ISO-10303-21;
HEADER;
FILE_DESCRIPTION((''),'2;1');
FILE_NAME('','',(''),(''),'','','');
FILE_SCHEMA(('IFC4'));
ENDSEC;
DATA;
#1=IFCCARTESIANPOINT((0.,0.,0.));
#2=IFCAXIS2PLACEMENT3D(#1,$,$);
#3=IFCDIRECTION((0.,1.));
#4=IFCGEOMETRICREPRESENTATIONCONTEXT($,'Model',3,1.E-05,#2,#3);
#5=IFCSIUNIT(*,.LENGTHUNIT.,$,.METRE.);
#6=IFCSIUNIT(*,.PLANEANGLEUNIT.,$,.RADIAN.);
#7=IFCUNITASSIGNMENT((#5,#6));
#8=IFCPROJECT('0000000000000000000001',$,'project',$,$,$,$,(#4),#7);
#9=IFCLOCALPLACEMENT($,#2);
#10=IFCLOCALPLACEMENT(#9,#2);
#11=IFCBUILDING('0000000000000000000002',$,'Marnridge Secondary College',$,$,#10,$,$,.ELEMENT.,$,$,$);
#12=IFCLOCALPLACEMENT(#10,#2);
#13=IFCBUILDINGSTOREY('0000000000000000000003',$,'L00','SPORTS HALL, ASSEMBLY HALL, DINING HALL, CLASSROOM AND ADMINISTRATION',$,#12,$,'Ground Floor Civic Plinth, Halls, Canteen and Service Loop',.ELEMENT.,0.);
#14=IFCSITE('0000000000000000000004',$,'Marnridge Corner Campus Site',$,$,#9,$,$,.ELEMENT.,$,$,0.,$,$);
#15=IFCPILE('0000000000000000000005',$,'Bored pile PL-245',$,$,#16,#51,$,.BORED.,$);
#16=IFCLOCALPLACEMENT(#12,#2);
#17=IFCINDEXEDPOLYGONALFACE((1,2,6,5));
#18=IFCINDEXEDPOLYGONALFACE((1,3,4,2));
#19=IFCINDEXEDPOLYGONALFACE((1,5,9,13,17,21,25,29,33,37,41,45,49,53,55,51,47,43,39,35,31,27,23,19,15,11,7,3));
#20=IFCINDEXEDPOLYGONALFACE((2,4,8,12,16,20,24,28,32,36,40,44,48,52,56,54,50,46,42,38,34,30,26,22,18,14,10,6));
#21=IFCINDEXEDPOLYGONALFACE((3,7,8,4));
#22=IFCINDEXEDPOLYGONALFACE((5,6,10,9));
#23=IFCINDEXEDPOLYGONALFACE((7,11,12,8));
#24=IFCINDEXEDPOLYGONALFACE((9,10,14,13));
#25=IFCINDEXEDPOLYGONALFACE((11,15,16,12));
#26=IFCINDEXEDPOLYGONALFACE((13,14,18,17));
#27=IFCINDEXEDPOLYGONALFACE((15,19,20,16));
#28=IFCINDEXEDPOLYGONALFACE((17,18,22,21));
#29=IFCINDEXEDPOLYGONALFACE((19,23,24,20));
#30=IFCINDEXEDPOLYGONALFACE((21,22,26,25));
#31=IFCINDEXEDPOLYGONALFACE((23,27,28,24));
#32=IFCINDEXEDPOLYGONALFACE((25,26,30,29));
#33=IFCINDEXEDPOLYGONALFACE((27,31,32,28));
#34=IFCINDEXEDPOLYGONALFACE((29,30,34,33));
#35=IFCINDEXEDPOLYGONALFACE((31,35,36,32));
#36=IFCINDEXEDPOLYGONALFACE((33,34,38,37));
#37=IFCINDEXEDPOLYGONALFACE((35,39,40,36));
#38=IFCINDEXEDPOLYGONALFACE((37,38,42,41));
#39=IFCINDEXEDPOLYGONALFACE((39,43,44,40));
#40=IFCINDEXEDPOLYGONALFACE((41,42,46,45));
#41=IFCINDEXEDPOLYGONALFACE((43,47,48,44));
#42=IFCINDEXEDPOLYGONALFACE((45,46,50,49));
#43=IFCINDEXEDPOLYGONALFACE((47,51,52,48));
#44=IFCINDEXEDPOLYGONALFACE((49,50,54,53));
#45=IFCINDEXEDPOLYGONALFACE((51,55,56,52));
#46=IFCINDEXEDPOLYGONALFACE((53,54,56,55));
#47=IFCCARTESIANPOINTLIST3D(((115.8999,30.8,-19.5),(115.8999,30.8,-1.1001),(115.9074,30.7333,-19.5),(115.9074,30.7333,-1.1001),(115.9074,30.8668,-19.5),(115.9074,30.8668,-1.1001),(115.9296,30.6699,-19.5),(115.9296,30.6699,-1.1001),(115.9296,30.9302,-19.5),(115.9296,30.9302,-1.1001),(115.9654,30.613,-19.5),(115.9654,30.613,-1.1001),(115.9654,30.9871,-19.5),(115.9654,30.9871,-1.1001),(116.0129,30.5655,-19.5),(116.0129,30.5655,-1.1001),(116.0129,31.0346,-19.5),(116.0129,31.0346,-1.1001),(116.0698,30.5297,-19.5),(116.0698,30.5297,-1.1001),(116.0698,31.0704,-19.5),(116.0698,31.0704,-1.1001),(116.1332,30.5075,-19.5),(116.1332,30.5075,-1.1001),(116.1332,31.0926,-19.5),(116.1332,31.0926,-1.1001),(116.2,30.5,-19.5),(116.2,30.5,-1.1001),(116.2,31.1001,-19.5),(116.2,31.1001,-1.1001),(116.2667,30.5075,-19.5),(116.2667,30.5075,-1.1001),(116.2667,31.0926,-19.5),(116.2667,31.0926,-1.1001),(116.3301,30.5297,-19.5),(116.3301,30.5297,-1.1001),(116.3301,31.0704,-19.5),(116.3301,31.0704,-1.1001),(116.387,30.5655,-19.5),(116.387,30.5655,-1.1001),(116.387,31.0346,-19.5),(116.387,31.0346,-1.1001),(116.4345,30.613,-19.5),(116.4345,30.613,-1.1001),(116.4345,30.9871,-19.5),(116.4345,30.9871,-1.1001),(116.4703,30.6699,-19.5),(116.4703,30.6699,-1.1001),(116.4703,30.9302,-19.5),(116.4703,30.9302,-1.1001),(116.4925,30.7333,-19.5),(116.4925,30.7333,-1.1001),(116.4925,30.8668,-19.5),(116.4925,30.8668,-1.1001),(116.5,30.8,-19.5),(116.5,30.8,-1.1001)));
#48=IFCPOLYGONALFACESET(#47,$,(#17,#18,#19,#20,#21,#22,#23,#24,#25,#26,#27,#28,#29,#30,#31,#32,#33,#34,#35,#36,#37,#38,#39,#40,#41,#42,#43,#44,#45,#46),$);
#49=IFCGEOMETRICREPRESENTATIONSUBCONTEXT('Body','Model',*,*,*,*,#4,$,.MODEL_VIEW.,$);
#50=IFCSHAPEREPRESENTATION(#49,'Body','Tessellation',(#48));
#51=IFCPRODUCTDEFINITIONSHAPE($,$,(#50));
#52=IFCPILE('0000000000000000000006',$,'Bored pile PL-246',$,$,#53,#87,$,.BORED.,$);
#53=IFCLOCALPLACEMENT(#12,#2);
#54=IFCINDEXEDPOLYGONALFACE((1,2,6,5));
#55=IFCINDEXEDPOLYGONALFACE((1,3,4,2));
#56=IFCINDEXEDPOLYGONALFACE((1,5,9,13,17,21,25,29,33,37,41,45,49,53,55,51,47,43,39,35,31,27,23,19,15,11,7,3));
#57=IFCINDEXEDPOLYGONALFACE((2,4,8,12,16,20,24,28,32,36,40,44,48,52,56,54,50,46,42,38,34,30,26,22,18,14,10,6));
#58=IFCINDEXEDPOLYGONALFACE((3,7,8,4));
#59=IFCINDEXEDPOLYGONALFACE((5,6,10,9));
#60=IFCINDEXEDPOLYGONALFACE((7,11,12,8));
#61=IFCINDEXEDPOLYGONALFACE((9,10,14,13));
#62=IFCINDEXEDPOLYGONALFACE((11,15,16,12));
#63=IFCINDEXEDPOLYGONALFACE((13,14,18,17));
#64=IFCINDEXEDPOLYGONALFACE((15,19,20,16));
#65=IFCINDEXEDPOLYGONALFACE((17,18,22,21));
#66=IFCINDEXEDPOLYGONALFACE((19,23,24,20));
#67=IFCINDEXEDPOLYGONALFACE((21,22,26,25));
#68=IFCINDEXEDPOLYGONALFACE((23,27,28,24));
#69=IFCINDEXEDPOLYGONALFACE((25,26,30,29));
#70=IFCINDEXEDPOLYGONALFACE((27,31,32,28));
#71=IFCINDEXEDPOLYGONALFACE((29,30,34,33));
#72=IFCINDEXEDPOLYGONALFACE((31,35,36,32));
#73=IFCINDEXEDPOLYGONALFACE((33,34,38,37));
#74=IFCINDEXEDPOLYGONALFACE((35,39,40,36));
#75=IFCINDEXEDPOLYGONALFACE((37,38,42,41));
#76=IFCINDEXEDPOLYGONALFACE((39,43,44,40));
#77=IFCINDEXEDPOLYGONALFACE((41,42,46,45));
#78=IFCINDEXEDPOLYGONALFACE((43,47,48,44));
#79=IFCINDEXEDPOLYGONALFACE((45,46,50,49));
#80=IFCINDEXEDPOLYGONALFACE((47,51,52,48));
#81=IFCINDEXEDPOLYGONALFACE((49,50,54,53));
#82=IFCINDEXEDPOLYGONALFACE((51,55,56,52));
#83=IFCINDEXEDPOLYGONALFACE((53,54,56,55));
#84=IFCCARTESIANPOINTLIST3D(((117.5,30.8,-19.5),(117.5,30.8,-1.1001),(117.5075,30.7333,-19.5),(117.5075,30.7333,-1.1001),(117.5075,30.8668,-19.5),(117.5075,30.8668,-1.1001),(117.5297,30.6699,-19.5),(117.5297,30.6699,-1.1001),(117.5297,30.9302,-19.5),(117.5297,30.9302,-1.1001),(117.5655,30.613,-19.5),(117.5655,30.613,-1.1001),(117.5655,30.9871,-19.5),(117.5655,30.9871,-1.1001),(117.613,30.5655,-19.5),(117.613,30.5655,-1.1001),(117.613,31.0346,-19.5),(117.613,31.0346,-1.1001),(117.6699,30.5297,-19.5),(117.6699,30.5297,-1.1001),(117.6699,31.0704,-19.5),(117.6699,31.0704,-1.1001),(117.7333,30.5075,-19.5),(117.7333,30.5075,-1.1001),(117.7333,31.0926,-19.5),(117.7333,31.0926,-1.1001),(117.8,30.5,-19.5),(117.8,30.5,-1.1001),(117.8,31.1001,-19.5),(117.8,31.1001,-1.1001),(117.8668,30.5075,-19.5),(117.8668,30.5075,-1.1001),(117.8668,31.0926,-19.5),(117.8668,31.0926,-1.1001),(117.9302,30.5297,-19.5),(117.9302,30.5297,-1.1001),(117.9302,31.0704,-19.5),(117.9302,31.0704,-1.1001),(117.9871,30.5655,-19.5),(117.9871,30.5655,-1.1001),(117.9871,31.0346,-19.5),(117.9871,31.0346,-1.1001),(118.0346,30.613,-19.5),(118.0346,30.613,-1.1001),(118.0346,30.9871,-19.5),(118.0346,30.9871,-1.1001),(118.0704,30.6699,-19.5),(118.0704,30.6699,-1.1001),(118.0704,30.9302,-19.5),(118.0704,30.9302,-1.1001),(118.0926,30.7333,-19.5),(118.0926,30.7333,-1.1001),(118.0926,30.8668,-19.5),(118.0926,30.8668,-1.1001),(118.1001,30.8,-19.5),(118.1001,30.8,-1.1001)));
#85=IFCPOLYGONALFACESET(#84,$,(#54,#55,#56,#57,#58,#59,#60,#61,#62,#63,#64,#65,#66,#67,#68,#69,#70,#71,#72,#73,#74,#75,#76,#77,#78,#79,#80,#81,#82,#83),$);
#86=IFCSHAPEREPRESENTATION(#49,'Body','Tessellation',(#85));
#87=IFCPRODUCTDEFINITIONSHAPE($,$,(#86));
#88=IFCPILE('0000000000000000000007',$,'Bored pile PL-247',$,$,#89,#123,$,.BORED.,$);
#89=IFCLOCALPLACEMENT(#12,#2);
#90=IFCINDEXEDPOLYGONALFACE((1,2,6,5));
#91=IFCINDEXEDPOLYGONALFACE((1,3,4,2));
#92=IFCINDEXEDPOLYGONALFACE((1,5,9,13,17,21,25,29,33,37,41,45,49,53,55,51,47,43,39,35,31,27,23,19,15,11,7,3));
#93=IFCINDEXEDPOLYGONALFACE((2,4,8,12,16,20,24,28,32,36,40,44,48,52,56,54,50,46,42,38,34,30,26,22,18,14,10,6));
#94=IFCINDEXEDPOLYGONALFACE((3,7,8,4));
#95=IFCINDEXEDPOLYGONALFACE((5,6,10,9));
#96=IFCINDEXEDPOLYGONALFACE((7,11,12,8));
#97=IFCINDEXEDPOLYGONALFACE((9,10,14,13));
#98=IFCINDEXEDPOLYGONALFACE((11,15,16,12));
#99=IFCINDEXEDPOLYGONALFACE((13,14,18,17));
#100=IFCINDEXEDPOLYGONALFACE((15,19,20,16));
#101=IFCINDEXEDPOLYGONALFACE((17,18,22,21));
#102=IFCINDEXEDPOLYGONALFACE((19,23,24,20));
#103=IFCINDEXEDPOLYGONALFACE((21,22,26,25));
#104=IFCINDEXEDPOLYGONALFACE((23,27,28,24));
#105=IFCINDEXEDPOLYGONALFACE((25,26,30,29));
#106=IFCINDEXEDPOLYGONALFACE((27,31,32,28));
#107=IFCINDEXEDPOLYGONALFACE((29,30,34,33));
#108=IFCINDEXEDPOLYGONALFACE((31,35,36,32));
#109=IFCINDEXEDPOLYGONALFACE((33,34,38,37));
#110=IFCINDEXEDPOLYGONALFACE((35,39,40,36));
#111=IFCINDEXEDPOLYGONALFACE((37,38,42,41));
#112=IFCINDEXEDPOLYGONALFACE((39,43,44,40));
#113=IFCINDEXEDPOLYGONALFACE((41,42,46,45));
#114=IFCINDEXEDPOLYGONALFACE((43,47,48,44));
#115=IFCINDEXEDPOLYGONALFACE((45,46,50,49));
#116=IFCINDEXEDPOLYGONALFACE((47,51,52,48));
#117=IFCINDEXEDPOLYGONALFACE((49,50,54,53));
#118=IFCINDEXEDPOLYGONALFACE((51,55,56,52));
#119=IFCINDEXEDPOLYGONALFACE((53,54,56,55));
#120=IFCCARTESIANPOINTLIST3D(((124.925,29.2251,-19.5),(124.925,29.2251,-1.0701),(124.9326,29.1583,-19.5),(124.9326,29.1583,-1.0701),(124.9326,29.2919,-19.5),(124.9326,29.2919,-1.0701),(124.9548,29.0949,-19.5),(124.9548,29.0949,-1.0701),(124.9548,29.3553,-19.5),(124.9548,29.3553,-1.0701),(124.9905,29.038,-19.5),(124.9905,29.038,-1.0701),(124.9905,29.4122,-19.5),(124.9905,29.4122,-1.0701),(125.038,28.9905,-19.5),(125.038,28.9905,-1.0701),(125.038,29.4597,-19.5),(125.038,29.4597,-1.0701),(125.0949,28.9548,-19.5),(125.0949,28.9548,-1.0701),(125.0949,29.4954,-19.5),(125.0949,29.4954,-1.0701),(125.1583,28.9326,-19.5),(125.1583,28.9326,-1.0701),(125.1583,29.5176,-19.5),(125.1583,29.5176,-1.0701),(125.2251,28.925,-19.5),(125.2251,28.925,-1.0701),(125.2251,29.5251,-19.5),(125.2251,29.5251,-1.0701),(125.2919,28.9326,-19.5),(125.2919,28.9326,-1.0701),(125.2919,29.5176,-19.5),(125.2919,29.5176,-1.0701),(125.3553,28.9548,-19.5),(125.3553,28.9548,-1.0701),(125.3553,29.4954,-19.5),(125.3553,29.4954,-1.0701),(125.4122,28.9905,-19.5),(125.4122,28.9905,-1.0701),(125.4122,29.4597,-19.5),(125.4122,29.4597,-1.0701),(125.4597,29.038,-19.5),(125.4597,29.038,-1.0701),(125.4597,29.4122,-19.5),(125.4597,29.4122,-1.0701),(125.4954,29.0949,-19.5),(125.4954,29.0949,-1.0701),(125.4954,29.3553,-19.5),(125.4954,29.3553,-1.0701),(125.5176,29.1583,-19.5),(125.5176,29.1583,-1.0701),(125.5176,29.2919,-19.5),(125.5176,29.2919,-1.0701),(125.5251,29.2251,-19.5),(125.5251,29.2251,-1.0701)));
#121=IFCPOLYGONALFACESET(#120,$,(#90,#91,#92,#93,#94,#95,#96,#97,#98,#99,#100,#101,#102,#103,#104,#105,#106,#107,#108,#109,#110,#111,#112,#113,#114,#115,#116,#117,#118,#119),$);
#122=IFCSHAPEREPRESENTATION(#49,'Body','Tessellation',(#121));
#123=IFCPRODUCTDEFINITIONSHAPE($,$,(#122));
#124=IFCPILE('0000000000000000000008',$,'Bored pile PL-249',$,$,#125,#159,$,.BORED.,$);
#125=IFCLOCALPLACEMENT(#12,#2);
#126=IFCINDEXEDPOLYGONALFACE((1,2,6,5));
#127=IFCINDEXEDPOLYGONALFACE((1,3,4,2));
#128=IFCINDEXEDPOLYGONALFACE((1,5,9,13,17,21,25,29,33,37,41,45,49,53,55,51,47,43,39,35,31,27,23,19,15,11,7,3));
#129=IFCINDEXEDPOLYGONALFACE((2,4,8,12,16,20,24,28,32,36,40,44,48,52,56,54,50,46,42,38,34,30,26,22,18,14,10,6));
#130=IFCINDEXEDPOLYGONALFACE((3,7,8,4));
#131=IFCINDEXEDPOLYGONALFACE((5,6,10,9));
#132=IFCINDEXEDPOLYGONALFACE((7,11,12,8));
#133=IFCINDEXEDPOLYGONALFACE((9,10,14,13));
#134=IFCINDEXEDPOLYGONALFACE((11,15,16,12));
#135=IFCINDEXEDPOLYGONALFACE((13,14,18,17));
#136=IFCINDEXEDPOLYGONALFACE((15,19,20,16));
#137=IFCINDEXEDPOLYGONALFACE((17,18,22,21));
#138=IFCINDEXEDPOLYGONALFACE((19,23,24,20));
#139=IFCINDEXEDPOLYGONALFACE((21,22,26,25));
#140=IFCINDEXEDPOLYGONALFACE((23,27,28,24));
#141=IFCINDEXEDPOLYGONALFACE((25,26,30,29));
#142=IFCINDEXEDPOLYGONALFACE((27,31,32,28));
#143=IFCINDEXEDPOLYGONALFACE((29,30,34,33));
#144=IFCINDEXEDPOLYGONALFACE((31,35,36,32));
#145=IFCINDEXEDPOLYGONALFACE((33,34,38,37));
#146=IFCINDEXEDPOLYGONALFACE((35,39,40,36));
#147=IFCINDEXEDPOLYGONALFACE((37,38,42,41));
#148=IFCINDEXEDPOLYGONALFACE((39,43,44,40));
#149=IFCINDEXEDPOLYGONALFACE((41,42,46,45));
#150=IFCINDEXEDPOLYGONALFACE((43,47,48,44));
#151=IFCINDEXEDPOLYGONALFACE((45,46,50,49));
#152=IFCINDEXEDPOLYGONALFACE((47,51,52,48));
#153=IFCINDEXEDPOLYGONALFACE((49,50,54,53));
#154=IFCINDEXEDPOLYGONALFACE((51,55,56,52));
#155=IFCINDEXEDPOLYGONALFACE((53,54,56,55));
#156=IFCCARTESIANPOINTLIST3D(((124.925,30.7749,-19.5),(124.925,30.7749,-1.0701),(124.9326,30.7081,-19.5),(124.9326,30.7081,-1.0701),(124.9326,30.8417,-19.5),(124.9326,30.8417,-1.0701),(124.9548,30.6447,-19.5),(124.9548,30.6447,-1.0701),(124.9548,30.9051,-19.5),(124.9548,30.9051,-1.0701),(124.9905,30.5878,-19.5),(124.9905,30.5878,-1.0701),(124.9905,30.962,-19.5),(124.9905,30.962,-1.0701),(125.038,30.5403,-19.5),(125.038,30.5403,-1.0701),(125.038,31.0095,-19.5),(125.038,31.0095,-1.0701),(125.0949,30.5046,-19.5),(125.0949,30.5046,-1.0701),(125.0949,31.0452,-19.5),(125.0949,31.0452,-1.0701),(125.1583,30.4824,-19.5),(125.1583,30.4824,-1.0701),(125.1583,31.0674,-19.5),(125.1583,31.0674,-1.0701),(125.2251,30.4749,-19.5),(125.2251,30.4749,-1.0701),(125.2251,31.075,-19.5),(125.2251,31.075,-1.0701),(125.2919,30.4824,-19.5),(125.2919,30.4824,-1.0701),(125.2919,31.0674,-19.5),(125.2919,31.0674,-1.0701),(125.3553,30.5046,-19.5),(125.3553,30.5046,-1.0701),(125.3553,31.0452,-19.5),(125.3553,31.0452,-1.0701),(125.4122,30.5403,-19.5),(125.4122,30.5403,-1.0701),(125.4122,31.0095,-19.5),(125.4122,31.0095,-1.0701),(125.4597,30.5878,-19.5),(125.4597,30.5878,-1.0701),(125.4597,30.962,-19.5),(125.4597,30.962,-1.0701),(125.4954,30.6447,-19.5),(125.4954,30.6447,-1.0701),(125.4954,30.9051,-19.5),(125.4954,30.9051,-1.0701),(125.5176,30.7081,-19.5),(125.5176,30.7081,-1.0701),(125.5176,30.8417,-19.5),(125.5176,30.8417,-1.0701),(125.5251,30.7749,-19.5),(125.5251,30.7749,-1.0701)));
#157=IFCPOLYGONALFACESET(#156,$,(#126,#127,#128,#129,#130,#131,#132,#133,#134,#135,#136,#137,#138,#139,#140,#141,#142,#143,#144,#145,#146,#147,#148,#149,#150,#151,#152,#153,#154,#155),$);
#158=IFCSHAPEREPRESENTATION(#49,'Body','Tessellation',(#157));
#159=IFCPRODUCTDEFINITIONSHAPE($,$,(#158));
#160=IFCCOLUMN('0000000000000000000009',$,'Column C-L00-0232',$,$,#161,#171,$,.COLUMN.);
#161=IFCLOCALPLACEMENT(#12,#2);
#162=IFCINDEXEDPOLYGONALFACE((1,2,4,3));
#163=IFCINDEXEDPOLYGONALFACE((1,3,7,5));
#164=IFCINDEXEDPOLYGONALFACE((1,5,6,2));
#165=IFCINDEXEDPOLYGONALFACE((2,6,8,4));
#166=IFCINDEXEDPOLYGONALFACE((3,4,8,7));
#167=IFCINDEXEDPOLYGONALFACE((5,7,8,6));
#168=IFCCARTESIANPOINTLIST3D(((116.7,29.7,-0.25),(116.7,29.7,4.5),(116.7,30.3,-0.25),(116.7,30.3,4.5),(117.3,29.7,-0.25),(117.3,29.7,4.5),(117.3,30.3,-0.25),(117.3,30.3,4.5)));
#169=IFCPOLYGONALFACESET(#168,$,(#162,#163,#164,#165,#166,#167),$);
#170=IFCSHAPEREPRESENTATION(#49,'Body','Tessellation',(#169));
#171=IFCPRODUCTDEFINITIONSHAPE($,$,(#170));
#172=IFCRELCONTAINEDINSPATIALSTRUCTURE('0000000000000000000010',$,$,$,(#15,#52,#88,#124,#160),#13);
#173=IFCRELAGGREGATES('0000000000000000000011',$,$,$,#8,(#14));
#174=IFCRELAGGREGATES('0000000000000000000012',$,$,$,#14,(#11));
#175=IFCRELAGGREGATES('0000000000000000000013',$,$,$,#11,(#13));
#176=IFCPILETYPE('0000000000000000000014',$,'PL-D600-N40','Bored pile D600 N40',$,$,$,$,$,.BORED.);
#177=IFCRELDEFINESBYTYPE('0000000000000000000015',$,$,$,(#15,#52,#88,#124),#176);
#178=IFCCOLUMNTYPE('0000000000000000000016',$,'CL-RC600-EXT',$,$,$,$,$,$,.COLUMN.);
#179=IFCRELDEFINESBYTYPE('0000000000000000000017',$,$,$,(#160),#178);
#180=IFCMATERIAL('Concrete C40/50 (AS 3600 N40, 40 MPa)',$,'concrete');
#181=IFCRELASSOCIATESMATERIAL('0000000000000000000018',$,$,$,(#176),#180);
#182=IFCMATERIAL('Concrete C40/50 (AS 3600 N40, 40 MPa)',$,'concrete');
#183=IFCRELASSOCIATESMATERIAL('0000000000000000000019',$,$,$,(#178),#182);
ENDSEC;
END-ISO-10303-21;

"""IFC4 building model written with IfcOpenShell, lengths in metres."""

from ifc_helpers import new_model, si_unit, direction, frame, origin, origin_2d, place, context, subcontext, project, spatial, rectangle, circle, extrude, material, material_profile, profile_set, type_object, element, save


model = new_model("IFC4")

# Units and contexts
model_context = context("Model", 3, precision=1e-05, world=origin(), true_north=direction((0.0, 1.0)))
body_context = subcontext(model_context, "Body", "Model", "MODEL_VIEW")
ifc_project = project(units=[si_unit("LENGTHUNIT", "METRE"), si_unit("PLANEANGLEUNIT", "RADIAN")], contexts=[model_context])

# Site, building, storey
site_placement = place(None, origin())
site = spatial("IfcSite", under=ifc_project, at=site_placement, Name="Marnridge Corner Campus Site", CompositionType="ELEMENT", RefElevation=0.0)
building_placement = place(site_placement, origin())
building = spatial("IfcBuilding", under=site, at=building_placement, Name="Marnridge Secondary College", CompositionType="ELEMENT")
storey_placement = place(building_placement, origin())
storey = spatial("IfcBuildingStorey", under=building, at=storey_placement, Name="L00", Description="SPORTS HALL, ASSEMBLY HALL, DINING HALL, CLASSROOM AND ADMINISTRATION", LongName="Ground Floor Civic Plinth, Halls, Canteen and Service Loop", CompositionType="ELEMENT", Elevation=0.0)

# Piles
ifc_material_1 = material(Name="Concrete C40/50 (AS 3600 N40, 40 MPa)", Category="concrete")
ifc_material_profile_1 = material_profile(ifc_material_1, circle(Radius=0.3, at=origin_2d()), Name="PILE D600")
ifc_profile_set_1 = profile_set([ifc_material_profile_1], Name="Concrete C40/50 (AS 3600 N40, 40 MPa)")
pile_type = type_object("IfcPileType", Name="PL-D600-N40", Description="Bored pile D600 N40", PredefinedType="BORED", material=ifc_profile_set_1)
for number, where, z_axis, x_axis, name in (
    (1, (116.2, 30.8, -1.1001), (0.0, 0.0, -1.0), (1.0, 0.0, 0.0), "Bored pile PL-245"),
    (2, (117.8, 30.8, -1.1001), (0.0, 0.0, -1.0), (1.0, 0.0, 0.0), "Bored pile PL-246"),
):
    element("IfcPile", number, at=place(storey_placement, frame(where, z_axis=z_axis, x_axis=x_axis)), inside=storey, type_object=pile_type, Name=name, PredefinedType="BORED", context=body_context, shape_type="SweptSolid", body=[
        extrude(circle(Radius=0.3, at=origin_2d()), origin(), (0.0, 0.0, 1.0), 18.3999),
    ])
for number, where, z_axis, x_axis, name in (
    (3, (125.2251, 29.2251, -1.0701), (0.0, 0.0, -1.0), (1.0, 0.0, 0.0), "Bored pile PL-247"),
    (4, (125.2251, 30.7749, -1.0701), (0.0, 0.0, -1.0), (1.0, 0.0, 0.0), "Bored pile PL-249"),
):
    element("IfcPile", number, at=place(storey_placement, frame(where, z_axis=z_axis, x_axis=x_axis)), inside=storey, type_object=pile_type, Name=name, PredefinedType="BORED", context=body_context, shape_type="SweptSolid", body=[
        extrude(circle(Radius=0.3, at=origin_2d()), origin(), (0.0, 0.0, 1.0), 18.4299),
    ])

# Column
ifc_material_2 = material(Name="Concrete C40/50 (AS 3600 N40, 40 MPa)", Category="concrete")
ifc_material_profile_2 = material_profile(ifc_material_2, rectangle(XDim=0.6001, YDim=0.6001, at=origin_2d()), Name="RC 600x600")
ifc_profile_set_2 = profile_set([ifc_material_profile_2], Name="Concrete C40/50 (AS 3600 N40, 40 MPa)")
column_type = type_object("IfcColumnType", Name="CL-RC600-EXT", PredefinedType="COLUMN", material=ifc_profile_set_2)
column_placement = place(storey_placement, frame((117.0, 30.0, -0.25), z_axis=(0.0, 0.0, 1.0), x_axis=(1.0, 0.0, 0.0)))
element("IfcColumn", 5, at=column_placement, inside=storey, type_object=column_type, Name="Column C-L00-0232", PredefinedType="COLUMN", context=body_context, shape_type="SweptSolid", body=[
    extrude(rectangle(XDim=0.6001, YDim=0.6001, at=origin_2d()), origin(), (0.0, 0.0, 1.0), 4.75),
])

save(model, "model.ifc")
